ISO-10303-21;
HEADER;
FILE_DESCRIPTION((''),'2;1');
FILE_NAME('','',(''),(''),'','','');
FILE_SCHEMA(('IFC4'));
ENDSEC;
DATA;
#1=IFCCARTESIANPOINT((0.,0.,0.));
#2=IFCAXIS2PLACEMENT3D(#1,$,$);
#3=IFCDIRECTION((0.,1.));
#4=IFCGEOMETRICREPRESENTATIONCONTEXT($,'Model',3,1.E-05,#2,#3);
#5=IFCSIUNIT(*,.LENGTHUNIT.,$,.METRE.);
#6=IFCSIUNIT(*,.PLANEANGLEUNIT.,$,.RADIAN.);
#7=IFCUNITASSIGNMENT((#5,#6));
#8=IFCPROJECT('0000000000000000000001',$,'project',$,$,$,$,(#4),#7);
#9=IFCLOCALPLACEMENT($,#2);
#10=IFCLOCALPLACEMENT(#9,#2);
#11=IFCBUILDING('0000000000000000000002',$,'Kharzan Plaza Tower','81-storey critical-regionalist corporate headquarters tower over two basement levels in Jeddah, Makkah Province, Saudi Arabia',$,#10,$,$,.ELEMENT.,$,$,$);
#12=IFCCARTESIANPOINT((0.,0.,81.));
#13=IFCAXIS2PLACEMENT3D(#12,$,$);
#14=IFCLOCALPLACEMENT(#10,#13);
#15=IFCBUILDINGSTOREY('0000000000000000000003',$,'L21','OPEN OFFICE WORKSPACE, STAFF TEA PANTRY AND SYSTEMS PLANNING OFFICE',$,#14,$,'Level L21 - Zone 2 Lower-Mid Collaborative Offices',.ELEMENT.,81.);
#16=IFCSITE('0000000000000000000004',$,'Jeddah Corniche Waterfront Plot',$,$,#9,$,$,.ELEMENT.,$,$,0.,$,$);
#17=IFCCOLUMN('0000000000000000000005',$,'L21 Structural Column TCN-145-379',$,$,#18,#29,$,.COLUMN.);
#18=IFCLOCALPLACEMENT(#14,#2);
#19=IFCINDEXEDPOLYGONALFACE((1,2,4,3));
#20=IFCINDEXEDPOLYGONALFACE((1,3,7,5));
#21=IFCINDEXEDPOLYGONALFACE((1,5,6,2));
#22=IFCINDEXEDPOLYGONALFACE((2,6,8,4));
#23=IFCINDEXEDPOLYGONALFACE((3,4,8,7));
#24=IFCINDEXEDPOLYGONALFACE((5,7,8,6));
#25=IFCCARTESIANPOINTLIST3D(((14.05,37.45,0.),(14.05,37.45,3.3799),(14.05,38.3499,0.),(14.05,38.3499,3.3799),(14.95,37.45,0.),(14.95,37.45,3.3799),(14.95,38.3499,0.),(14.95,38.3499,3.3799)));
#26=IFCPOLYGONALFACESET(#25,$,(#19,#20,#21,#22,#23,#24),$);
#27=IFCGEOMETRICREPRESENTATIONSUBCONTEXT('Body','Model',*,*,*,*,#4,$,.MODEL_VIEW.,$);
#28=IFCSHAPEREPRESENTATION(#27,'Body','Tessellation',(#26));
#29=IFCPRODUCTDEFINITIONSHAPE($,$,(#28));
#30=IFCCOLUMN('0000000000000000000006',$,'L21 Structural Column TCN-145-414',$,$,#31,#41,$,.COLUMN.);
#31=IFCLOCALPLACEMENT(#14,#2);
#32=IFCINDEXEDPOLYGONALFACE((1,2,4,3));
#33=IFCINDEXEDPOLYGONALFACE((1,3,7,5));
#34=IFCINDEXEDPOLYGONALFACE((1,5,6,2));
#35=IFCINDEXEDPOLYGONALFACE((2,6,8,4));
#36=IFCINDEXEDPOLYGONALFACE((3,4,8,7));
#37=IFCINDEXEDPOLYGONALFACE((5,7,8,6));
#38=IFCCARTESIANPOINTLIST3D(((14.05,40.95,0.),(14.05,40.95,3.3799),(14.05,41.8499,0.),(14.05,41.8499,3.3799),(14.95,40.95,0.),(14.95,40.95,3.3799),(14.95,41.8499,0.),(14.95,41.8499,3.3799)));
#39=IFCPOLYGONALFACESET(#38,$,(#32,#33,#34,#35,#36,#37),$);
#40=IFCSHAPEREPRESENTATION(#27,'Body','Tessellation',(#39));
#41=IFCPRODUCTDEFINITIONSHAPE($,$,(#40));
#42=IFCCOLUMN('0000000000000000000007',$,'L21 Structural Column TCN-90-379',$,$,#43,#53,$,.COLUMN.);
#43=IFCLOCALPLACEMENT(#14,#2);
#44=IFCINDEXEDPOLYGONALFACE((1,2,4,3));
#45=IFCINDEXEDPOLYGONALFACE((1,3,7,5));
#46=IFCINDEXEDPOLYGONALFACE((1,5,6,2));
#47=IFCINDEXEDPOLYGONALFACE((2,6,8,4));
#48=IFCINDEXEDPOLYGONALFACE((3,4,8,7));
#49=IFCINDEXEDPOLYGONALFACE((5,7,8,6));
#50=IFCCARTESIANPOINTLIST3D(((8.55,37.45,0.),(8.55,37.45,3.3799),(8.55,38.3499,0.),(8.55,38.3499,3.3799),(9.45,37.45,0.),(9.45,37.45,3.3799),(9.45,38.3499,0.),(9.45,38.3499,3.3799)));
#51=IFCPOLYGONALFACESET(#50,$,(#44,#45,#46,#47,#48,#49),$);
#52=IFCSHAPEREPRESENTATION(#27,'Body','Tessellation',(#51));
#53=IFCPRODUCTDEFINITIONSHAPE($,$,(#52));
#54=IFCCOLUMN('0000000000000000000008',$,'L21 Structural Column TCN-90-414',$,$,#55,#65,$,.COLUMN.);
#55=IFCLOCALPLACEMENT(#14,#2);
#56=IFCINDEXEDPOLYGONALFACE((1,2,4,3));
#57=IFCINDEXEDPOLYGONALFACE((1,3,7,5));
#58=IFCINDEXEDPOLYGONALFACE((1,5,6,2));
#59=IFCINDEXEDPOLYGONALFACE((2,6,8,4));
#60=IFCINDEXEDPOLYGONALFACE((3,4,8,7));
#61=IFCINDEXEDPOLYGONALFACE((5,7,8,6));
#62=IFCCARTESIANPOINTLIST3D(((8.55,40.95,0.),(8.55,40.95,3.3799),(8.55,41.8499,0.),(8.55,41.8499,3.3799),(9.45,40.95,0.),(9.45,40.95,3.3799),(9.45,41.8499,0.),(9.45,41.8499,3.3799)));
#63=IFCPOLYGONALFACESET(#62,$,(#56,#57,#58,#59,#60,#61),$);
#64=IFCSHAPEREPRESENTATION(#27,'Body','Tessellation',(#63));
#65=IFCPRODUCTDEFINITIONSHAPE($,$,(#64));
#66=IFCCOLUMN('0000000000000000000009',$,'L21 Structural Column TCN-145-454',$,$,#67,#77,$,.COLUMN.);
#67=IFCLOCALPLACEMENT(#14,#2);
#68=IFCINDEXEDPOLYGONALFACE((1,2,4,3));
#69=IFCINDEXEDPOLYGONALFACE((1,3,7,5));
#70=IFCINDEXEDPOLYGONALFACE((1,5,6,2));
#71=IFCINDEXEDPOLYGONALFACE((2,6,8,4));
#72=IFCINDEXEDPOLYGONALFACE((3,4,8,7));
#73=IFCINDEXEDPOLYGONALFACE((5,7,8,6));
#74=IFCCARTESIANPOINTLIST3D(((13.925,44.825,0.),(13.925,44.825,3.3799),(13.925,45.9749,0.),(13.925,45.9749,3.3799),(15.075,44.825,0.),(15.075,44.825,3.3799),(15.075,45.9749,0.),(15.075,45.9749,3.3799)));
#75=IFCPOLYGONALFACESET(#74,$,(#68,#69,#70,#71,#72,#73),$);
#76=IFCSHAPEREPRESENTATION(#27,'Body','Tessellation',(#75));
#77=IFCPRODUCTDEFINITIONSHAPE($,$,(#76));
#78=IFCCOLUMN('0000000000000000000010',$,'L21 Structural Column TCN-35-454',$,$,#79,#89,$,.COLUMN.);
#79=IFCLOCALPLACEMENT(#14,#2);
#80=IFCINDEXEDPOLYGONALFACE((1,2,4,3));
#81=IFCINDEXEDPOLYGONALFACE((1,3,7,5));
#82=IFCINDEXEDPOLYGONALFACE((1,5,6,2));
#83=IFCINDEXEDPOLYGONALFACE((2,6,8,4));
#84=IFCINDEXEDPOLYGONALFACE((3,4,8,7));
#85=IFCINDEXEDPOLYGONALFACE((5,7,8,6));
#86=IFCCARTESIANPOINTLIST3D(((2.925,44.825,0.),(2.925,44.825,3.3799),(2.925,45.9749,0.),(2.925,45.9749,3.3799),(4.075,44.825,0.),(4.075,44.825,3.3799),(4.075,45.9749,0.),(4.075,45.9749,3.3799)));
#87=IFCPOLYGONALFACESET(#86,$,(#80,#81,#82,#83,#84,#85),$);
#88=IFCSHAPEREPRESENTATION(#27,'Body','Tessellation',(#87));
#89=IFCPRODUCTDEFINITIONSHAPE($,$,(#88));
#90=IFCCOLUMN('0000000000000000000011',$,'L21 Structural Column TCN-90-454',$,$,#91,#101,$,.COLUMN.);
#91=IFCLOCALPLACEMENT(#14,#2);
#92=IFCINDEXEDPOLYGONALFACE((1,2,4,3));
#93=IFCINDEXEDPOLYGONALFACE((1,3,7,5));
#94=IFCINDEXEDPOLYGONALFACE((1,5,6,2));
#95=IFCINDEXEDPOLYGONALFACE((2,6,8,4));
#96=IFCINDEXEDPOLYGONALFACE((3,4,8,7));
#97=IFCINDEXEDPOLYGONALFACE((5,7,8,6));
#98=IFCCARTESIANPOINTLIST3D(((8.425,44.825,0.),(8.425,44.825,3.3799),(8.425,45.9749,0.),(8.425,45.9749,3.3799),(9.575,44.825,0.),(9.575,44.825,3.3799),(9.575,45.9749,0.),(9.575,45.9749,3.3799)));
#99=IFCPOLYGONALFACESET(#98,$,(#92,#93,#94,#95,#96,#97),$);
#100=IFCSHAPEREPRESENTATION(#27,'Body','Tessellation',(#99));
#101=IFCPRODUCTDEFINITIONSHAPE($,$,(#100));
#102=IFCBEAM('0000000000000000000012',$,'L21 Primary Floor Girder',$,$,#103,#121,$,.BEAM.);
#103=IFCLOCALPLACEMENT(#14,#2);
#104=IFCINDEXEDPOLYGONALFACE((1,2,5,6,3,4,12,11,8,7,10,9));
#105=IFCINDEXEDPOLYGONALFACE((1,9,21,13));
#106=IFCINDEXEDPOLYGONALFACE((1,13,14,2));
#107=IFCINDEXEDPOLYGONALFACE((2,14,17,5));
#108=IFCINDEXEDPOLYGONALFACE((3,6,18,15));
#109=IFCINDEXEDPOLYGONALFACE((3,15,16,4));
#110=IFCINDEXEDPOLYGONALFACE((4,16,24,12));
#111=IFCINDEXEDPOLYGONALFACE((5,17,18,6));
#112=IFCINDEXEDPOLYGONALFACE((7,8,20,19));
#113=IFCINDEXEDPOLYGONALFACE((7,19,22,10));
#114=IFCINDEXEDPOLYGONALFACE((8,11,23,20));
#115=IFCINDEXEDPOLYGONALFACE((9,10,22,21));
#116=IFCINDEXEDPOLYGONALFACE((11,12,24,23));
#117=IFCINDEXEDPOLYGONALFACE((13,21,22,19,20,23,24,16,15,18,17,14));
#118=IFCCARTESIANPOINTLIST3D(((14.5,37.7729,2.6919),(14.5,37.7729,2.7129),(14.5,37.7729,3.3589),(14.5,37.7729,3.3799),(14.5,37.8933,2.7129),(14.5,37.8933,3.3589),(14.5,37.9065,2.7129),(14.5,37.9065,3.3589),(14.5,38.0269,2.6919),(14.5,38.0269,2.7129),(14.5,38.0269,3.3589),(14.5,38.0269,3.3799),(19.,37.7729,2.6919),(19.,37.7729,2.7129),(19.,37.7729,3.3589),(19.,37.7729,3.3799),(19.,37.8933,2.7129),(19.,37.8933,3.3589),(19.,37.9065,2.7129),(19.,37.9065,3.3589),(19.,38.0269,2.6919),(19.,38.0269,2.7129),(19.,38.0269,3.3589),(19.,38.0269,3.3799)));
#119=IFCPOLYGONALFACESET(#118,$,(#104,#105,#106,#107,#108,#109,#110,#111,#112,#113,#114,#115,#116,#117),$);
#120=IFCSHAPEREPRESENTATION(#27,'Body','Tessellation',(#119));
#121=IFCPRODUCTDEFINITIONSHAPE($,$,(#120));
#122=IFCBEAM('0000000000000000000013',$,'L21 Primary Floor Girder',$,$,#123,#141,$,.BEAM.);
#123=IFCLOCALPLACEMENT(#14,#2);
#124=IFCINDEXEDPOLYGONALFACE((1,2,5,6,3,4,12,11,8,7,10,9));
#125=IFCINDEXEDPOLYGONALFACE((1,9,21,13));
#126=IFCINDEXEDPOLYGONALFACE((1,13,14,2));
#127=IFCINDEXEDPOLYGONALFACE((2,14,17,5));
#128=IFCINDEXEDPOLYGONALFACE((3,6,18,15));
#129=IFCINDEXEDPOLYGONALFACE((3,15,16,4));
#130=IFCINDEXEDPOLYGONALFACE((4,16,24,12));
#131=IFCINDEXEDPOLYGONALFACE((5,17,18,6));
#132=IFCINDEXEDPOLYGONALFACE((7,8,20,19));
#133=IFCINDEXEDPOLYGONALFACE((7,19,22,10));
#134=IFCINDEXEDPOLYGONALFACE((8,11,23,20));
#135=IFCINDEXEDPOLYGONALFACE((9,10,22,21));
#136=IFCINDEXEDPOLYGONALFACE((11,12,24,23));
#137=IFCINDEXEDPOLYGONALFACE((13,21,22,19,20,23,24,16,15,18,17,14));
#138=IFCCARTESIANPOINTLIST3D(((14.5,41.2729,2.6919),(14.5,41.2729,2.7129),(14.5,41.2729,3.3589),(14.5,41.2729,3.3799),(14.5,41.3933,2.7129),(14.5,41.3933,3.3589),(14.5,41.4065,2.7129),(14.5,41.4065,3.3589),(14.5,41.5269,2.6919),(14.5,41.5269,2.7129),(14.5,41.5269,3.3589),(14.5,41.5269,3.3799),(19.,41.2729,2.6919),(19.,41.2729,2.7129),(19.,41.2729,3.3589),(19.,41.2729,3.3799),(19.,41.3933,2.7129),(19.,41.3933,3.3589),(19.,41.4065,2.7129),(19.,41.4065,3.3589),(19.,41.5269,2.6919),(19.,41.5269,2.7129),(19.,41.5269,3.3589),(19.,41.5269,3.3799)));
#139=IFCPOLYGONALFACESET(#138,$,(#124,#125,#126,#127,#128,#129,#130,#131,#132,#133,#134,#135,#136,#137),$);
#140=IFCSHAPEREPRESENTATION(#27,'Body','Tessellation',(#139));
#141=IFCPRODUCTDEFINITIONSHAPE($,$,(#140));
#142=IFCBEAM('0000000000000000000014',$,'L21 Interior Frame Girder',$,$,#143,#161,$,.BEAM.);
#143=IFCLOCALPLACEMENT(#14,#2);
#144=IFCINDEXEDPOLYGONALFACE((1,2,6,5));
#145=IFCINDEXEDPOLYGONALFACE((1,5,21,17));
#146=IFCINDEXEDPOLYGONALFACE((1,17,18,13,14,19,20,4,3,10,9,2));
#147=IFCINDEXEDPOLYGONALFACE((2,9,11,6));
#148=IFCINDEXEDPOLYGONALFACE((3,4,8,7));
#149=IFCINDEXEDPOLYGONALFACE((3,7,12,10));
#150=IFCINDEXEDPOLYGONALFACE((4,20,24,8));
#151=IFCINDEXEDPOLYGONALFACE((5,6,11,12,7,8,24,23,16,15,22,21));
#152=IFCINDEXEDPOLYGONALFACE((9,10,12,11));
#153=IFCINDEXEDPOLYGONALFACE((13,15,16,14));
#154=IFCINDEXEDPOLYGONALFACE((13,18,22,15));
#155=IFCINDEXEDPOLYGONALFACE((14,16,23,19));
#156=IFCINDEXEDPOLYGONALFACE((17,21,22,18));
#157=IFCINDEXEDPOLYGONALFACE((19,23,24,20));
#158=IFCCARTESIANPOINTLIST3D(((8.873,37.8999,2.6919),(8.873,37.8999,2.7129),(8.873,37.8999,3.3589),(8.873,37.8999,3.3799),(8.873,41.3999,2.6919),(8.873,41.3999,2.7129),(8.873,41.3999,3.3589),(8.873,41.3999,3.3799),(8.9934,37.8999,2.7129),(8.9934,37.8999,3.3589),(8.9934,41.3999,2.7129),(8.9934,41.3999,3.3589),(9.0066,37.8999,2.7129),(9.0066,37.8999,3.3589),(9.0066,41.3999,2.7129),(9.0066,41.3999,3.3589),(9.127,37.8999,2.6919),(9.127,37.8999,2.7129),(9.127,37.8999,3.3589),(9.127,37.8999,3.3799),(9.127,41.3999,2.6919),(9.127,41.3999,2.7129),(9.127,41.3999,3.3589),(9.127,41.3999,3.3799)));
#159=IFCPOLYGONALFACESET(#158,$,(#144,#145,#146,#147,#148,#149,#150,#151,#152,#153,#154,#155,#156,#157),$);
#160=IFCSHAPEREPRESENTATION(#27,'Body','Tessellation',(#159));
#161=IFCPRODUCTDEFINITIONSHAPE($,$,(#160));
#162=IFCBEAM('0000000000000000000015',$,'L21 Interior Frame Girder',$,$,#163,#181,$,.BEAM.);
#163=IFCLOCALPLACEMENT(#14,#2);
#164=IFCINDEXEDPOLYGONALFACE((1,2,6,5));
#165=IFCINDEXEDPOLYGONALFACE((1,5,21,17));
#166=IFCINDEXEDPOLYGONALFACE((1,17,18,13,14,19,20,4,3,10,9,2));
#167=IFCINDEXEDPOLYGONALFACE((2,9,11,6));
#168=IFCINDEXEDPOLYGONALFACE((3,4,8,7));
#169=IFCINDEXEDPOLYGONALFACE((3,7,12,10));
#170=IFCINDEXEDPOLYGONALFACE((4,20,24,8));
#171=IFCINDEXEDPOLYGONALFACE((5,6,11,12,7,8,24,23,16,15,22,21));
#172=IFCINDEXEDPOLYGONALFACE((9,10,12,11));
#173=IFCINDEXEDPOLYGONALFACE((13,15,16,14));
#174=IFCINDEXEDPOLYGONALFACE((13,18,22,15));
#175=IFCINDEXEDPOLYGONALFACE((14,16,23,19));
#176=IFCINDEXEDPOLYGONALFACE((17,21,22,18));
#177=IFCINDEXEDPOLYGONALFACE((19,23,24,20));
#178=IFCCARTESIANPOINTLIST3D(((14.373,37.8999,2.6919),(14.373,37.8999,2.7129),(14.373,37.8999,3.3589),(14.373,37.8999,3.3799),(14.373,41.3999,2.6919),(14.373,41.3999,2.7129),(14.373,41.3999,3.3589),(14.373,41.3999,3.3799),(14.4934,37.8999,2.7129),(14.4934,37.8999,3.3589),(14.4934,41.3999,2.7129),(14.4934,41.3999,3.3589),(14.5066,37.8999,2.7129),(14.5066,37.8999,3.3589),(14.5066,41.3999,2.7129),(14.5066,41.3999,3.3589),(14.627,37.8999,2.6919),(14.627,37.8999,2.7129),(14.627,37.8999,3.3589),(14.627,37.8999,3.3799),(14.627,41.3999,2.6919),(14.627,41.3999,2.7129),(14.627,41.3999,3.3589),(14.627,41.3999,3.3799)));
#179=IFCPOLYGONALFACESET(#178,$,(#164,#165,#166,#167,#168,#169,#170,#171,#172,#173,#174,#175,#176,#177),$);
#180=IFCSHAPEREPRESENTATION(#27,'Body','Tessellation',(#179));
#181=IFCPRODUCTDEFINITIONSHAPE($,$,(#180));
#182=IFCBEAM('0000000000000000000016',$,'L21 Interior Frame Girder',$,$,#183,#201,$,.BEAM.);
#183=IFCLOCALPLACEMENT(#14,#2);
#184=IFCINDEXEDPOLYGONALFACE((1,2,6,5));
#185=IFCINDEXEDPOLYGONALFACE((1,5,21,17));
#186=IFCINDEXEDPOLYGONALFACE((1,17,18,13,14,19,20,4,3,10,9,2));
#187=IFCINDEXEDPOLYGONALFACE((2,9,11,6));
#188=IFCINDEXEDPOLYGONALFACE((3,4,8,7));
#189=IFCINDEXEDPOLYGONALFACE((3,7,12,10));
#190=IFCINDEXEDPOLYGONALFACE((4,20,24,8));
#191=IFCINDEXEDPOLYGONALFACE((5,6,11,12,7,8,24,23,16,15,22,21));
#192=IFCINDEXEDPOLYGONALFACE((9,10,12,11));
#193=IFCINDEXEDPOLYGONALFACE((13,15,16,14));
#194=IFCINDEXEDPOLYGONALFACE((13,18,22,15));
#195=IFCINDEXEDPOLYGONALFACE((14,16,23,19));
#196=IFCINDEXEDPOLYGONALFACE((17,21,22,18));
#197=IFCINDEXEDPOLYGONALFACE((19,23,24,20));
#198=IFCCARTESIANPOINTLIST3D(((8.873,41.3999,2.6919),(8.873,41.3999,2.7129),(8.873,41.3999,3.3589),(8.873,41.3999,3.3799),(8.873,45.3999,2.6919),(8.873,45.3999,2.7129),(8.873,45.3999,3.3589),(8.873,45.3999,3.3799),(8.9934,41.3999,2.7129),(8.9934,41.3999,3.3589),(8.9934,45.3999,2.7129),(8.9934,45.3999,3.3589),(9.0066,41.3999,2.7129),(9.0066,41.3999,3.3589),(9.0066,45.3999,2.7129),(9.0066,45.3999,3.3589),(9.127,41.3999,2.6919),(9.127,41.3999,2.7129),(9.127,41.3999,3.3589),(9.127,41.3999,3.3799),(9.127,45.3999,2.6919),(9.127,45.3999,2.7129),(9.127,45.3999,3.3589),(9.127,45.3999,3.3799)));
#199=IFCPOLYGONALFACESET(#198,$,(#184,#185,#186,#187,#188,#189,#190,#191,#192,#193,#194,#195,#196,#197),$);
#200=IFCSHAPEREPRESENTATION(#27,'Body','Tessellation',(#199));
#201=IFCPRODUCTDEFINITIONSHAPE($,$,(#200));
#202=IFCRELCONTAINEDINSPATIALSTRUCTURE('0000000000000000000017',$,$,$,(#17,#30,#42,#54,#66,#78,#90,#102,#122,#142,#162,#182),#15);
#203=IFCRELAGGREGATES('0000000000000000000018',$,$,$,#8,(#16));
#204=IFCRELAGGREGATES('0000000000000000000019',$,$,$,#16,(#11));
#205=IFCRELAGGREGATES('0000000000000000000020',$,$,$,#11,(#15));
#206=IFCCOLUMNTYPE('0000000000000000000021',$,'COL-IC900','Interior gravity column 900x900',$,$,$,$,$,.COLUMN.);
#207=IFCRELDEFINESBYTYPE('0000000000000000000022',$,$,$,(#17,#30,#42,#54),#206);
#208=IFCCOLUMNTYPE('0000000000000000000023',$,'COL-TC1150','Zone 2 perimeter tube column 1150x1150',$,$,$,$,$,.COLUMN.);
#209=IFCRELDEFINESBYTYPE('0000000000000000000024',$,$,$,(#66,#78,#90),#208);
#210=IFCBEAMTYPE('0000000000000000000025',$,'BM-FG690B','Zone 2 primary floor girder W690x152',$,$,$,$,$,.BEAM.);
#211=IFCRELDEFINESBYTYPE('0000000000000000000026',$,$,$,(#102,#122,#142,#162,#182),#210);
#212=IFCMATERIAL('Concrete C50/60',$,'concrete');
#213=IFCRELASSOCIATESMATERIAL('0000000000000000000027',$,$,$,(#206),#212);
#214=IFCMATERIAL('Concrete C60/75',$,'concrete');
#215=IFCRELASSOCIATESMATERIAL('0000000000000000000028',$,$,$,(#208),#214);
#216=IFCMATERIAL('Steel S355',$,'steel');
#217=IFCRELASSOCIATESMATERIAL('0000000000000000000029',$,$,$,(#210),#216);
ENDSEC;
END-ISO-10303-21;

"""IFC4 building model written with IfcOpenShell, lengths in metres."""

from ifc_helpers import new_model, si_unit, direction, frame, origin, origin_2d, place, context, subcontext, project, spatial, rectangle, i_section, extrude, source, transform, mapped, material, material_profile, profile_set, type_object, element, save


model = new_model("IFC4")

# Units and contexts
model_context = context("Model", 3, precision=1e-05, world=origin(), true_north=direction((0.0, 1.0)))
body_context = subcontext(model_context, "Body", "Model", "MODEL_VIEW")
ifc_project = project(units=[si_unit("LENGTHUNIT", "METRE"), si_unit("PLANEANGLEUNIT", "RADIAN")], contexts=[model_context])

# Site, building, storey
site_placement = place(None, origin())
site = spatial("IfcSite", under=ifc_project, at=site_placement, Name="Jeddah Corniche Waterfront Plot", CompositionType="ELEMENT", RefElevation=0.0)
building_placement = place(site_placement, origin())
building = spatial("IfcBuilding", under=site, at=building_placement, Name="Kharzan Plaza Tower", Description="81-storey critical-regionalist corporate headquarters tower over two basement levels in Jeddah, Makkah Province, Saudi Arabia", CompositionType="ELEMENT")
storey_placement = place(building_placement, frame((0.0, 0.0, 81.0)))
storey = spatial("IfcBuildingStorey", under=building, at=storey_placement, Name="L21", Description="OPEN OFFICE WORKSPACE, STAFF TEA PANTRY AND SYSTEMS PLANNING OFFICE", LongName="Level L21 - Zone 2 Lower-Mid Collaborative Offices", CompositionType="ELEMENT", Elevation=81.0)

# Columns
ifc_material_1 = material(Name="Concrete C50/60", Category="concrete")
ifc_material_profile_1 = material_profile(ifc_material_1, rectangle(XDim=0.8999, YDim=0.8999, at=origin_2d()), Name="RC-IC900x900")
ifc_profile_set_1 = profile_set([ifc_material_profile_1], Name="Concrete C50/60")
column_type_1 = type_object("IfcColumnType", Name="COL-IC900", Description="Interior gravity column 900x900", PredefinedType="COLUMN", material=ifc_profile_set_1)
shared_shape_1 = source(origin(), body_context, "Body", "SweptSolid", [
    extrude(rectangle(XDim=0.8999, YDim=0.8999, at=origin_2d()), origin(), (0.0, 0.0, 1.0), 3.3799),
])
for number, where, z_axis, x_axis, name in (
    (1, (14.5, 37.8999, 0.0), (0.0, 0.0, 1.0), (1.0, 0.0, 0.0), "L21 Structural Column TCN-145-379"),
    (2, (14.5, 41.3999, 0.0), (0.0, 0.0, 1.0), (1.0, 0.0, 0.0), "L21 Structural Column TCN-145-414"),
    (3, (9.0, 37.8999, 0.0), (0.0, 0.0, 1.0), (1.0, 0.0, 0.0), "L21 Structural Column TCN-90-379"),
    (4, (9.0, 41.3999, 0.0), (0.0, 0.0, 1.0), (1.0, 0.0, 0.0), "L21 Structural Column TCN-90-414"),
):
    element("IfcColumn", number, at=place(storey_placement, frame(where, z_axis=z_axis, x_axis=x_axis)), inside=storey, type_object=column_type_1, Name=name, PredefinedType="COLUMN", context=body_context, shape_type="MappedRepresentation", body=[
        mapped(shared_shape_1, transform((0.0, 0.0, 0.0), x_axis=(1.0, 0.0, 0.0), y_axis=(0.0, 1.0, 0.0), z_axis=(0.0, 0.0, 1.0))),
    ])
ifc_material_2 = material(Name="Concrete C60/75", Category="concrete")
ifc_material_profile_2 = material_profile(ifc_material_2, rectangle(XDim=1.1499, YDim=1.1499, at=origin_2d()), Name="RC-TC1150x1150")
ifc_profile_set_2 = profile_set([ifc_material_profile_2], Name="Concrete C60/75")
column_type_2 = type_object("IfcColumnType", Name="COL-TC1150", Description="Zone 2 perimeter tube column 1150x1150", PredefinedType="COLUMN", material=ifc_profile_set_2)
shared_shape_2 = source(origin(), body_context, "Body", "SweptSolid", [
    extrude(rectangle(XDim=1.1499, YDim=1.1499, at=origin_2d()), origin(), (0.0, 0.0, 1.0), 3.3799),
])
for number, where, z_axis, x_axis, name in (
    (5, (14.5, 45.3999, 0.0), (0.0, 0.0, 1.0), (1.0, 0.0, 0.0), "L21 Structural Column TCN-145-454"),
    (6, (3.5, 45.3999, 0.0), (0.0, 0.0, 1.0), (1.0, 0.0, 0.0), "L21 Structural Column TCN-35-454"),
    (7, (9.0, 45.3999, 0.0), (0.0, 0.0, 1.0), (1.0, 0.0, 0.0), "L21 Structural Column TCN-90-454"),
):
    element("IfcColumn", number, at=place(storey_placement, frame(where, z_axis=z_axis, x_axis=x_axis)), inside=storey, type_object=column_type_2, Name=name, PredefinedType="COLUMN", context=body_context, shape_type="MappedRepresentation", body=[
        mapped(shared_shape_2, transform((0.0, 0.0, 0.0), x_axis=(1.0, 0.0, 0.0), y_axis=(0.0, 1.0, 0.0), z_axis=(0.0, 0.0, 1.0))),
    ])

# Beams
ifc_material_3 = material(Name="Steel S355", Category="steel")
ifc_material_profile_3 = material_profile(ifc_material_3, i_section(OverallWidth=0.2539, OverallDepth=0.688, WebThickness=0.0132, FlangeThickness=0.021, at=origin_2d()), Name="W690x152")
ifc_profile_set_3 = profile_set([ifc_material_profile_3], Name="Steel S355")
beam_type_1 = type_object("IfcBeamType", Name="BM-FG690B", Description="Zone 2 primary floor girder W690x152", PredefinedType="BEAM", material=ifc_profile_set_3)
shared_shape_3 = source(origin(), body_context, "Body", "SweptSolid", [
    extrude(i_section(OverallWidth=0.2539, OverallDepth=0.688, WebThickness=0.0132, FlangeThickness=0.021, at=origin_2d()), origin(), (0.0, 0.0, 1.0), 4.5),
])
for number, where, z_axis, x_axis, name in (
    (8, (14.5, 37.8999, 3.0359), (1.0, 0.0, 0.0), (0.0, 1.0, 0.0), "L21 Primary Floor Girder"),
    (9, (14.5, 41.3999, 3.0359), (1.0, 0.0, 0.0), (0.0, 1.0, 0.0), "L21 Primary Floor Girder"),
):
    element("IfcBeam", number, at=place(storey_placement, frame(where, z_axis=z_axis, x_axis=x_axis)), inside=storey, type_object=beam_type_1, Name=name, PredefinedType="BEAM", context=body_context, shape_type="MappedRepresentation", body=[
        mapped(shared_shape_3, transform((0.0, 0.0, 0.0), x_axis=(1.0, 0.0, 0.0), y_axis=(0.0, 1.0, 0.0), z_axis=(0.0, 0.0, 1.0))),
    ])
shared_shape_4 = source(origin(), body_context, "Body", "SweptSolid", [
    extrude(i_section(OverallWidth=0.2539, OverallDepth=0.688, WebThickness=0.0132, FlangeThickness=0.021, at=origin_2d()), origin(), (0.0, 0.0, 1.0), 3.5),
])
for number, where, z_axis, x_axis, name in (
    (10, (9.0, 37.8999, 3.0359), (0.0, 1.0, 0.0), (-1.0, 0.0, 0.0), "L21 Interior Frame Girder"),
    (11, (14.5, 37.8999, 3.0359), (0.0, 1.0, 0.0), (-1.0, 0.0, 0.0), "L21 Interior Frame Girder"),
):
    element("IfcBeam", number, at=place(storey_placement, frame(where, z_axis=z_axis, x_axis=x_axis)), inside=storey, type_object=beam_type_1, Name=name, PredefinedType="BEAM", context=body_context, shape_type="MappedRepresentation", body=[
        mapped(shared_shape_4, transform((0.0, 0.0, 0.0), x_axis=(1.0, 0.0, 0.0), y_axis=(0.0, 1.0, 0.0), z_axis=(0.0, 0.0, 1.0))),
    ])
shared_shape_5 = source(origin(), body_context, "Body", "SweptSolid", [
    extrude(i_section(OverallWidth=0.2539, OverallDepth=0.688, WebThickness=0.0132, FlangeThickness=0.021, at=origin_2d()), origin(), (0.0, 0.0, 1.0), 4.0),
])
for number, where, z_axis, x_axis, name in (
    (12, (9.0, 41.3999, 3.0359), (0.0, 1.0, 0.0), (-1.0, 0.0, 0.0), "L21 Interior Frame Girder"),
):
    element("IfcBeam", number, at=place(storey_placement, frame(where, z_axis=z_axis, x_axis=x_axis)), inside=storey, type_object=beam_type_1, Name=name, PredefinedType="BEAM", context=body_context, shape_type="MappedRepresentation", body=[
        mapped(shared_shape_5, transform((0.0, 0.0, 0.0), x_axis=(1.0, 0.0, 0.0), y_axis=(0.0, 1.0, 0.0), z_axis=(0.0, 0.0, 1.0))),
    ])

save(model, "model.ifc")
